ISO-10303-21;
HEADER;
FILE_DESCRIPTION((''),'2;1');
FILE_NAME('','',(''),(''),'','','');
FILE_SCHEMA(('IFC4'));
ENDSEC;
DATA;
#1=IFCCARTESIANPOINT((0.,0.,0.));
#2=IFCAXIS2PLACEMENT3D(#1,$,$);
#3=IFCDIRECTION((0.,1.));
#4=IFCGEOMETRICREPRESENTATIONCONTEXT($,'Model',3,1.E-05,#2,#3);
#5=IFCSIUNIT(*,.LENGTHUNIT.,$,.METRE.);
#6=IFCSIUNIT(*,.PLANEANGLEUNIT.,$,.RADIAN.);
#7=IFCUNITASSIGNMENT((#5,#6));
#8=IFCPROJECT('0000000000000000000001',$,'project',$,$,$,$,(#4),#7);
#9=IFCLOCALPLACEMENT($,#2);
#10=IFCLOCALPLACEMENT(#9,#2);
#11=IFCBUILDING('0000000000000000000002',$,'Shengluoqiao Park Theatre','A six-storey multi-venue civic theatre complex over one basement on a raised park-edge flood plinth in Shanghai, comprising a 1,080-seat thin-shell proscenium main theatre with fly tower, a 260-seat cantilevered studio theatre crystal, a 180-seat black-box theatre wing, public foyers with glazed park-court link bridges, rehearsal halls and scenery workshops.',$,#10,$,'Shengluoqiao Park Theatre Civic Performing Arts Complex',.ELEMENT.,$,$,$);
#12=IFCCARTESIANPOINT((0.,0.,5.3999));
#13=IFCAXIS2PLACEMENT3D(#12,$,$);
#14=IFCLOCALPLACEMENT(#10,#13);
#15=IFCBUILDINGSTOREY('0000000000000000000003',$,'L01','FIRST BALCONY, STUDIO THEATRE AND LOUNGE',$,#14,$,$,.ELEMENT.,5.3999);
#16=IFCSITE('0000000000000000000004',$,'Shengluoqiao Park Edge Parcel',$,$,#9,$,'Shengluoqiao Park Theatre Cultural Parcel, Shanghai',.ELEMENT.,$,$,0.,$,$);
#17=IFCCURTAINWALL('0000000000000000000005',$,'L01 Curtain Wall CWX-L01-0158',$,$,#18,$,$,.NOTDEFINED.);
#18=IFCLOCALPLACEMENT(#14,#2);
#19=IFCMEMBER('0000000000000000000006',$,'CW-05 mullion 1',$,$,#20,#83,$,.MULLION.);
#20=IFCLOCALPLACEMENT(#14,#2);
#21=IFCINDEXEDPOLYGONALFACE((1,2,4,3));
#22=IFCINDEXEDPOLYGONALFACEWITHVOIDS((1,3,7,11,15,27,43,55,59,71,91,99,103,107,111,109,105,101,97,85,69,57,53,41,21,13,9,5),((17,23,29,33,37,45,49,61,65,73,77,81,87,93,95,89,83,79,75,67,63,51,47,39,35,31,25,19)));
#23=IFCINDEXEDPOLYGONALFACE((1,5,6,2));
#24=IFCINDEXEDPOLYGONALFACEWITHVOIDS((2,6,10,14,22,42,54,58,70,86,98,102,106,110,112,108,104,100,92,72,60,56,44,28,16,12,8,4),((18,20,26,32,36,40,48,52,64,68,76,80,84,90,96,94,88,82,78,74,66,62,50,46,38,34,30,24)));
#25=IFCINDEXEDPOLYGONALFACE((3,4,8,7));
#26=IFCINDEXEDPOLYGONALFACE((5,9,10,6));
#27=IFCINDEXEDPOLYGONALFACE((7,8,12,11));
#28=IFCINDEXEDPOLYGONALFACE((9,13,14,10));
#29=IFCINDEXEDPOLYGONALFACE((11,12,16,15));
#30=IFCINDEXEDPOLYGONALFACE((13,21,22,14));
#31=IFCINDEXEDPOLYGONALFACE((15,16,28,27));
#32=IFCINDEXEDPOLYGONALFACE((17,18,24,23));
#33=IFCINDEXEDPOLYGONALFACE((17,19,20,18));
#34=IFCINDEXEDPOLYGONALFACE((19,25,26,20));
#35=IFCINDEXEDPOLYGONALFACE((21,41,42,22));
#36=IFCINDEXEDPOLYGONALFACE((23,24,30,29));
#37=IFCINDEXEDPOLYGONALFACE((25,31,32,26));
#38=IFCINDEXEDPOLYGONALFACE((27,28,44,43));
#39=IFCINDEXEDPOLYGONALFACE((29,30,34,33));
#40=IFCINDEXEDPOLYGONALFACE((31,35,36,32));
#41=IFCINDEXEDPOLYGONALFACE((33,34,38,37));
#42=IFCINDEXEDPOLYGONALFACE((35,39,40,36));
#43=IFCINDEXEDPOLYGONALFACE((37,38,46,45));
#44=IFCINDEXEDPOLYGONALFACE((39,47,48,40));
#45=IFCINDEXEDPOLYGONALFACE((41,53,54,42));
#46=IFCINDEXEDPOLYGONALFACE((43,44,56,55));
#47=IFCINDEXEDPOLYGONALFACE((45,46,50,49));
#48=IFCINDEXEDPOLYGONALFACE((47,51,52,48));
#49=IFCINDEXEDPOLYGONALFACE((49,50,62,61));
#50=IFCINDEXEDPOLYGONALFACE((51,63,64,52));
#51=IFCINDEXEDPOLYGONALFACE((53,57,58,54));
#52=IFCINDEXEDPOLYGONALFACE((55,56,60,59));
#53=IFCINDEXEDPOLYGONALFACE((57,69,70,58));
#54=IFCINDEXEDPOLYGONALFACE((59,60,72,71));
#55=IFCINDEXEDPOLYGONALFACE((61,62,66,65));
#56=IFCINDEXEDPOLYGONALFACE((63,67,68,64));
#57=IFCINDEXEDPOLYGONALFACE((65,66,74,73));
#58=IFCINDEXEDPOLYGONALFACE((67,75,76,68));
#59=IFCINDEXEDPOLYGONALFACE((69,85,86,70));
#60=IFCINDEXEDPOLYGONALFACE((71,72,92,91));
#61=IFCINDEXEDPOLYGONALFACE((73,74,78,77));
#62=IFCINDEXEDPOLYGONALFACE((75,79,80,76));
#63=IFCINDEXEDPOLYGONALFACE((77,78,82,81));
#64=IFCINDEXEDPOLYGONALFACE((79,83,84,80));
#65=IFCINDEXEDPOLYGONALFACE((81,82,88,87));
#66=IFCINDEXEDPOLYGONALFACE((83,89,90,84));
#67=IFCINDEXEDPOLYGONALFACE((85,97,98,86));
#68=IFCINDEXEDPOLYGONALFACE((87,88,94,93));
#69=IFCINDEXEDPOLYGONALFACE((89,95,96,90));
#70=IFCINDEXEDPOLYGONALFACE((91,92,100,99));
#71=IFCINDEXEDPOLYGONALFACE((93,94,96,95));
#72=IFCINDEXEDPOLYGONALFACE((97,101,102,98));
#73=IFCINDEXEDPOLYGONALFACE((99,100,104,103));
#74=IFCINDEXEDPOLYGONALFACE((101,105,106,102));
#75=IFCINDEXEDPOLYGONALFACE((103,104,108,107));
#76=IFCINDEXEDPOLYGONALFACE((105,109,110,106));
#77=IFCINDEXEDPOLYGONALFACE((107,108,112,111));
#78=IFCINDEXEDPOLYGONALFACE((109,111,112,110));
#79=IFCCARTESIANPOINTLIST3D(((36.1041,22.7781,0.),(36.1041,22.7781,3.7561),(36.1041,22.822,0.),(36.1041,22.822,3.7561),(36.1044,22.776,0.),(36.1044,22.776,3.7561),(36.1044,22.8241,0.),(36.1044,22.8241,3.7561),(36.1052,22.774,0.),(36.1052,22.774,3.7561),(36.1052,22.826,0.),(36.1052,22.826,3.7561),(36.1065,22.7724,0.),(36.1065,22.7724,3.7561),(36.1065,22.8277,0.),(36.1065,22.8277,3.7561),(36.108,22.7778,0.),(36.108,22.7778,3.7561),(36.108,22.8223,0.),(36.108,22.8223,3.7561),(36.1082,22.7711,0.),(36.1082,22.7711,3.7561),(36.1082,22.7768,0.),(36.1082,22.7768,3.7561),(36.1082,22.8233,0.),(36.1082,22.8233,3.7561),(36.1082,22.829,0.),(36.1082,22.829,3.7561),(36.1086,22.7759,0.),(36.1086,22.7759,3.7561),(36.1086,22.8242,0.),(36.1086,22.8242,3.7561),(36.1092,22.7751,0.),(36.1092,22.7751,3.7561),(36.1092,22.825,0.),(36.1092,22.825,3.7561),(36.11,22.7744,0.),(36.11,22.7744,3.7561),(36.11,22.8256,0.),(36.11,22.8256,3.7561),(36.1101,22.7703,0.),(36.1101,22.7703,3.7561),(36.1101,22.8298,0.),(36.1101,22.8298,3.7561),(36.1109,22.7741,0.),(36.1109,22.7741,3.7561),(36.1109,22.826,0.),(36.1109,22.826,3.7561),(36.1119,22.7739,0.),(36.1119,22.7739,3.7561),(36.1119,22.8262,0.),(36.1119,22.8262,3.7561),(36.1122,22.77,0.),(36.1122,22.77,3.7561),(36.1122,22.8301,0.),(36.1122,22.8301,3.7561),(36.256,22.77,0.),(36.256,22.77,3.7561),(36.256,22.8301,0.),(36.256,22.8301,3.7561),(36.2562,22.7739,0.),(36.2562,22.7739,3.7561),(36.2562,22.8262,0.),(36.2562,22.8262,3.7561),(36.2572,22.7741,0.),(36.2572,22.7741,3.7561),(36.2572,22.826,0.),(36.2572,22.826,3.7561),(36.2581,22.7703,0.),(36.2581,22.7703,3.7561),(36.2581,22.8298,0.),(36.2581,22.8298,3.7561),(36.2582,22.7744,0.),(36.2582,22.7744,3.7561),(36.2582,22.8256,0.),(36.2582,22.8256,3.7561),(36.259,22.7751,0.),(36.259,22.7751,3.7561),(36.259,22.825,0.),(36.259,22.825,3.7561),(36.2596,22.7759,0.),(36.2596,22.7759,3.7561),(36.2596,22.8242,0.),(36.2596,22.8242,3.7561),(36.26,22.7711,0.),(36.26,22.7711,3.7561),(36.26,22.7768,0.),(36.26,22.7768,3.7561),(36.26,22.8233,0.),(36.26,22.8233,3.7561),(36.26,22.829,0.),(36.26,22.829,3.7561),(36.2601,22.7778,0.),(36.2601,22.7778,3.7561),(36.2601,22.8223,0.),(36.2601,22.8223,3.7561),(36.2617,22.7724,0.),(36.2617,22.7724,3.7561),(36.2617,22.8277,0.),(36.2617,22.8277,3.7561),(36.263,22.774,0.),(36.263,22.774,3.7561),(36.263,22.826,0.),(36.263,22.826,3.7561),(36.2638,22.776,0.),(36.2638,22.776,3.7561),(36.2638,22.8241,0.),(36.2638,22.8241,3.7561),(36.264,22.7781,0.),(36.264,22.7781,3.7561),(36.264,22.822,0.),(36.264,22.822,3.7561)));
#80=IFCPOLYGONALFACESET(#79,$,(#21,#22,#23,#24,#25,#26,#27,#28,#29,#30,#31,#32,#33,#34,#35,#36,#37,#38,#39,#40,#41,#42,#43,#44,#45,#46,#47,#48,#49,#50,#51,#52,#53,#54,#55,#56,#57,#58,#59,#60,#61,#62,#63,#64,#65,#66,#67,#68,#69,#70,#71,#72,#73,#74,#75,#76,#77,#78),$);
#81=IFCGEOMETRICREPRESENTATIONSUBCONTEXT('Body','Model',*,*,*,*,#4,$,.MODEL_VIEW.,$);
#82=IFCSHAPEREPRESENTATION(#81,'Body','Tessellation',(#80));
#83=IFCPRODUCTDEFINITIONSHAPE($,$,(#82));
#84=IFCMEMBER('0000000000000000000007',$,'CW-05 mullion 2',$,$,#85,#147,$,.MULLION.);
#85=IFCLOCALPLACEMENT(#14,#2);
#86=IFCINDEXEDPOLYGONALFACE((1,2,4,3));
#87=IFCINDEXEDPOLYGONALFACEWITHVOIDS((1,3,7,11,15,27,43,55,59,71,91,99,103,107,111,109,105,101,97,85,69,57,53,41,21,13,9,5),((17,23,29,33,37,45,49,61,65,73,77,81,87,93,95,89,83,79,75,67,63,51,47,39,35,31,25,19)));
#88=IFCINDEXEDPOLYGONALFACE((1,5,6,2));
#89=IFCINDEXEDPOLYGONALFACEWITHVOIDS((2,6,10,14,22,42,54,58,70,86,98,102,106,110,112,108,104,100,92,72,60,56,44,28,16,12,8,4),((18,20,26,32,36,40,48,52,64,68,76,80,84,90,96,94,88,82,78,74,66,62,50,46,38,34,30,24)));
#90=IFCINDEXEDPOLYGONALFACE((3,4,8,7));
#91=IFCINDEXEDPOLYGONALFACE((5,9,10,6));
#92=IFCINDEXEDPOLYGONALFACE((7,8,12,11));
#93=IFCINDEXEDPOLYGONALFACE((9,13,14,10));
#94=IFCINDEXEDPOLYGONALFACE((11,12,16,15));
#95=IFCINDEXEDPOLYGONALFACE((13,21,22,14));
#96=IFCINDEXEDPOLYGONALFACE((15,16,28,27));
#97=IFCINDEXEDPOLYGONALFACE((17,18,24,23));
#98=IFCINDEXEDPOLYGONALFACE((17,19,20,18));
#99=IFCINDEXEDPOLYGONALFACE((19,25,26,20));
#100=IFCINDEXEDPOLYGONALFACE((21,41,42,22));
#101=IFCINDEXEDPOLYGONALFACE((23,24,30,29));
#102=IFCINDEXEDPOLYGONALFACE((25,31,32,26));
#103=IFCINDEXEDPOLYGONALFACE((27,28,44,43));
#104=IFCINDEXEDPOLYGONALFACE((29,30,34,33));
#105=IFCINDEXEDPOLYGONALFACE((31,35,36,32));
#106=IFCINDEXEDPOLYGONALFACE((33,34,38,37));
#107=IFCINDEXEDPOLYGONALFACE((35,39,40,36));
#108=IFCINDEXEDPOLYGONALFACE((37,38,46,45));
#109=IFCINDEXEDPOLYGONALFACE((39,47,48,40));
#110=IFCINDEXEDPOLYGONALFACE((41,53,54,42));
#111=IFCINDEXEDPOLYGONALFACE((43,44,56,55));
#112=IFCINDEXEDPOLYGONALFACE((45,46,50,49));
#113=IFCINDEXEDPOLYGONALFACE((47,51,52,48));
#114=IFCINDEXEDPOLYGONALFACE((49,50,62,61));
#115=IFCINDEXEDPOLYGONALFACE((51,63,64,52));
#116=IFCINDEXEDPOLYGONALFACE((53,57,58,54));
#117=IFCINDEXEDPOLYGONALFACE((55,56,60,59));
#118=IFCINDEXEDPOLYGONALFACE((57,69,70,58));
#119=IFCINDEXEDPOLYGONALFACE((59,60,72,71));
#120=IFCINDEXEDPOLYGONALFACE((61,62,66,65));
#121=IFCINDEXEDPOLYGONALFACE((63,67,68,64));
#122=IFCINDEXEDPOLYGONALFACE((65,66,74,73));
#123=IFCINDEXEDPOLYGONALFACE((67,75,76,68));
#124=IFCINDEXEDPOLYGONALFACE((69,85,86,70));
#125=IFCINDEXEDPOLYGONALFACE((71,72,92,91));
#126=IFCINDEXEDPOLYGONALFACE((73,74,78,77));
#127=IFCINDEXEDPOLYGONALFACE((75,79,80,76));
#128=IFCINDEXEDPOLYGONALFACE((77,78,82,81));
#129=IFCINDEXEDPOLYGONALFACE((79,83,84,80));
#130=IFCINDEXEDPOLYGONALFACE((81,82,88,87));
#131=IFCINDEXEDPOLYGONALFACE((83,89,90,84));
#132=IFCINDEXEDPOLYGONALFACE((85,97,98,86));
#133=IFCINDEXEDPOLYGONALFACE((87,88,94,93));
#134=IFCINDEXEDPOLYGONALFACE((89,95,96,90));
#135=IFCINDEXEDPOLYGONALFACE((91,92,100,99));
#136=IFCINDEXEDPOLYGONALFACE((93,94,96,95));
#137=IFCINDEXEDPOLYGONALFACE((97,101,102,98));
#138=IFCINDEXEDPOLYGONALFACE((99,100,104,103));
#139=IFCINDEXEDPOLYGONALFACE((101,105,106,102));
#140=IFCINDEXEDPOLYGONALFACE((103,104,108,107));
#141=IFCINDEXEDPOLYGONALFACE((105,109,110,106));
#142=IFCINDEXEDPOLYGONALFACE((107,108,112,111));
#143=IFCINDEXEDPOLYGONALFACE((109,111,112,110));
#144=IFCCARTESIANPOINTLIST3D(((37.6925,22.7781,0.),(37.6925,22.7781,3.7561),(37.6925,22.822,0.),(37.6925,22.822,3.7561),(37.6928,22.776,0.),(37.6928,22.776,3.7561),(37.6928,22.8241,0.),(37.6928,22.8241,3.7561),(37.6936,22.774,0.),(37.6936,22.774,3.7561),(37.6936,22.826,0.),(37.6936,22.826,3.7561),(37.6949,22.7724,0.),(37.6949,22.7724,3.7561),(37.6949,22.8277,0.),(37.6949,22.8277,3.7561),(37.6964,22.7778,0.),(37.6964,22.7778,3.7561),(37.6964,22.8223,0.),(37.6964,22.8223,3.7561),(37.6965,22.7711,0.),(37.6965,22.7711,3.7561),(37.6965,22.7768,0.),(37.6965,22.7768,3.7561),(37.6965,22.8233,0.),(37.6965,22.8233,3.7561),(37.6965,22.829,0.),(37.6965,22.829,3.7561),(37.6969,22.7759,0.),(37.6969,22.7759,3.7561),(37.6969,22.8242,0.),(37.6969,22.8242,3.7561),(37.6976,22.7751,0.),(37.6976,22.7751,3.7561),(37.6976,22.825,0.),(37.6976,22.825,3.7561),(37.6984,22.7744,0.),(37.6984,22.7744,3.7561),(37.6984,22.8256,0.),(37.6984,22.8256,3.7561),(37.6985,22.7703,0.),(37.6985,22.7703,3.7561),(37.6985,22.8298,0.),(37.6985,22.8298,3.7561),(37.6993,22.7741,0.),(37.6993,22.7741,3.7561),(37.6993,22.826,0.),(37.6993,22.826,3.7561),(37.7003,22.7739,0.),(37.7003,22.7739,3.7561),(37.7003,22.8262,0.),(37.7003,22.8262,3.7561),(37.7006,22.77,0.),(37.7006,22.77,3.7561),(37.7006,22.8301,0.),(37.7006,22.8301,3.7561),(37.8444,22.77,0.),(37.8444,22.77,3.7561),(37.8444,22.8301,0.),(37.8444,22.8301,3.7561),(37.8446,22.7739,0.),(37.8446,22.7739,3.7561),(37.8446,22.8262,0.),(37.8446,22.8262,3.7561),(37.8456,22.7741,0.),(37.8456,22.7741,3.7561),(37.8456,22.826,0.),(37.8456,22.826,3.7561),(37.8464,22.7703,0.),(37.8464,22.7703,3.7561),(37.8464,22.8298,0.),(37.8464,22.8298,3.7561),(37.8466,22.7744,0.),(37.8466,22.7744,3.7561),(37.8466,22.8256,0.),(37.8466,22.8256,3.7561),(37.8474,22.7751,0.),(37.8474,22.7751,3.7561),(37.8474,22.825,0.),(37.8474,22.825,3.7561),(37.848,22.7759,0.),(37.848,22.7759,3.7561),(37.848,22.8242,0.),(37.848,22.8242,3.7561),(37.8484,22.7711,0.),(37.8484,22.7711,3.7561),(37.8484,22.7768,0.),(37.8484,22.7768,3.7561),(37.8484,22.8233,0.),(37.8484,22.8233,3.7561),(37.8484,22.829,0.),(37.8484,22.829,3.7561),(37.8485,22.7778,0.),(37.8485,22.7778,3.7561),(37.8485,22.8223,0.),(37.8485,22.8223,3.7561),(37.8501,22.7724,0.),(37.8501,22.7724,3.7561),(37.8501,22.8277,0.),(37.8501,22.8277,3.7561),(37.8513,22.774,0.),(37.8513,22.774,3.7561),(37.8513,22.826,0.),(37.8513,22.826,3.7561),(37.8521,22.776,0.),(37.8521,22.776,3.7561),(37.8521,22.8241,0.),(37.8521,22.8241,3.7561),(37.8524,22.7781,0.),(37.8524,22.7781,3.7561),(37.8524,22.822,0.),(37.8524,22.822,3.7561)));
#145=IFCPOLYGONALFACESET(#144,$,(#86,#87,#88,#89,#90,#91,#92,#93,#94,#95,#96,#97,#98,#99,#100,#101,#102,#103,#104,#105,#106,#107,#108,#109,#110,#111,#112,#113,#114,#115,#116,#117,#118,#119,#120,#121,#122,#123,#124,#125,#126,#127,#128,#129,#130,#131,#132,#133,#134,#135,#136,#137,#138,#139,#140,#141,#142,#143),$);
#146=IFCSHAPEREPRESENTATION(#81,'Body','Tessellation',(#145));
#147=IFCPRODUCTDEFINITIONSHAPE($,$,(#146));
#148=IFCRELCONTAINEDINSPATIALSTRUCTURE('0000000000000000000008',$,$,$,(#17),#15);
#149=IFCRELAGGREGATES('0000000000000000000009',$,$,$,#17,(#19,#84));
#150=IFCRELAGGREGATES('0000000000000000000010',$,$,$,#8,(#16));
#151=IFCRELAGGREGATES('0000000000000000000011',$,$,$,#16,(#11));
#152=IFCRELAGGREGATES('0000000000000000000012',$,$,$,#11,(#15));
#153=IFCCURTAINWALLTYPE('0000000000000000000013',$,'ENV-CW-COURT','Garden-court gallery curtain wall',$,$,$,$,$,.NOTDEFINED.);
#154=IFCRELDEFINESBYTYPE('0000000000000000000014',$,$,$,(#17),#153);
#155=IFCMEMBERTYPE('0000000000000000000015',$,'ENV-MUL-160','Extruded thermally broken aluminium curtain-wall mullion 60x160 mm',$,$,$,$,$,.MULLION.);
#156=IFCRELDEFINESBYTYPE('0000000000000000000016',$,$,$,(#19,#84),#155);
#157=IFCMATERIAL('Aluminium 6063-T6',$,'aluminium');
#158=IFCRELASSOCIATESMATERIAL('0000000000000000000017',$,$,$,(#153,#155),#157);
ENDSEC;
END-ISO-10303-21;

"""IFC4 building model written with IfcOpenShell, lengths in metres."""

from ifc_helpers import new_model, si_unit, direction, frame, origin, origin_2d, place, context, subcontext, project, spatial, hollow_rectangle, extrude, material, material_profile, profile_set, type_object, element, aggregate, save


model = new_model("IFC4")

# Units and contexts
model_context = context("Model", 3, precision=1e-05, world=origin(), true_north=direction((0.0, 1.0)))
body_context = subcontext(model_context, "Body", "Model", "MODEL_VIEW")
ifc_project = project(units=[si_unit("LENGTHUNIT", "METRE"), si_unit("PLANEANGLEUNIT", "RADIAN")], contexts=[model_context])

# Site, building, storey
site_placement = place(None, origin())
site = spatial("IfcSite", under=ifc_project, at=site_placement, Name="Shengluoqiao Park Edge Parcel", LongName="Shengluoqiao Park Theatre Cultural Parcel, Shanghai", CompositionType="ELEMENT", RefElevation=0.0)
building_placement = place(site_placement, origin())
building = spatial("IfcBuilding", under=site, at=building_placement, Name="Shengluoqiao Park Theatre", Description="A six-storey multi-venue civic theatre complex over one basement on a raised park-edge flood plinth in Shanghai, comprising a 1,080-seat thin-shell proscenium main theatre with fly tower, a 260-seat cantilevered studio theatre crystal, a 180-seat black-box theatre wing, public foyers with glazed park-court link bridges, rehearsal halls and scenery workshops.", LongName="Shengluoqiao Park Theatre Civic Performing Arts Complex", CompositionType="ELEMENT")
storey_placement = place(building_placement, frame((0.0, 0.0, 5.3999)))
storey = spatial("IfcBuildingStorey", under=building, at=storey_placement, Name="L01", Description="FIRST BALCONY, STUDIO THEATRE AND LOUNGE", CompositionType="ELEMENT", Elevation=5.3999)

# Shared definitions
ifc_material_1 = material(Name="Aluminium 6063-T6", Category="aluminium")
curtain_wall_type = type_object("IfcCurtainWallType", Name="ENV-CW-COURT", Description="Garden-court gallery curtain wall", PredefinedType="NOTDEFINED", material=ifc_material_1)
ifc_material_profile_1 = material_profile(ifc_material_1, hollow_rectangle(XDim=0.0601, YDim=0.1599, WallThickness=0.0039, InnerFilletRadius=0.0039, OuterFilletRadius=0.0081, at=origin_2d()), Name="ALU MULLION 160x60x4")
ifc_profile_set_1 = profile_set([ifc_material_profile_1], Name="Aluminium 6063-T6")
member_type_1 = type_object("IfcMemberType", Name="ENV-MUL-160", Description="Extruded thermally broken aluminium curtain-wall mullion 60x160 mm", PredefinedType="MULLION", material=ifc_profile_set_1)

# Curtain wall, members
curtain_wall_1_placement = place(storey_placement, origin())
curtain_wall_1 = element("IfcCurtainWall", 1, at=curtain_wall_1_placement, inside=storey, type_object=curtain_wall_type, Name="L01 Curtain Wall CWX-L01-0158", PredefinedType="NOTDEFINED")
member_1_placement = place(storey_placement, frame((36.1841, 22.8, 0.0), z_axis=(0.0, 0.0, 1.0), x_axis=(0.0, 1.0, 0.0)))
member_1 = element("IfcMember", 2, at=member_1_placement, type_object=member_type_1, Name="CW-05 mullion 1", PredefinedType="MULLION", context=body_context, shape_type="SweptSolid", body=[
    extrude(hollow_rectangle(XDim=0.0601, YDim=0.1599, WallThickness=0.0039, InnerFilletRadius=0.0039, OuterFilletRadius=0.0081, at=origin_2d()), origin(), (0.0, 0.0, 1.0), 3.7561),
])
member_2_placement = place(storey_placement, frame((37.7725, 22.8, 0.0), z_axis=(0.0, 0.0, 1.0), x_axis=(0.0, 1.0, 0.0)))
member_2 = element("IfcMember", 3, at=member_2_placement, type_object=member_type_1, Name="CW-05 mullion 2", PredefinedType="MULLION", context=body_context, shape_type="SweptSolid", body=[
    extrude(hollow_rectangle(XDim=0.0601, YDim=0.1599, WallThickness=0.0039, InnerFilletRadius=0.0039, OuterFilletRadius=0.0081, at=origin_2d()), origin(), (0.0, 0.0, 1.0), 3.7561),
])

aggregate(curtain_wall_1, [member_1, member_2])

save(model, "model.ifc")
